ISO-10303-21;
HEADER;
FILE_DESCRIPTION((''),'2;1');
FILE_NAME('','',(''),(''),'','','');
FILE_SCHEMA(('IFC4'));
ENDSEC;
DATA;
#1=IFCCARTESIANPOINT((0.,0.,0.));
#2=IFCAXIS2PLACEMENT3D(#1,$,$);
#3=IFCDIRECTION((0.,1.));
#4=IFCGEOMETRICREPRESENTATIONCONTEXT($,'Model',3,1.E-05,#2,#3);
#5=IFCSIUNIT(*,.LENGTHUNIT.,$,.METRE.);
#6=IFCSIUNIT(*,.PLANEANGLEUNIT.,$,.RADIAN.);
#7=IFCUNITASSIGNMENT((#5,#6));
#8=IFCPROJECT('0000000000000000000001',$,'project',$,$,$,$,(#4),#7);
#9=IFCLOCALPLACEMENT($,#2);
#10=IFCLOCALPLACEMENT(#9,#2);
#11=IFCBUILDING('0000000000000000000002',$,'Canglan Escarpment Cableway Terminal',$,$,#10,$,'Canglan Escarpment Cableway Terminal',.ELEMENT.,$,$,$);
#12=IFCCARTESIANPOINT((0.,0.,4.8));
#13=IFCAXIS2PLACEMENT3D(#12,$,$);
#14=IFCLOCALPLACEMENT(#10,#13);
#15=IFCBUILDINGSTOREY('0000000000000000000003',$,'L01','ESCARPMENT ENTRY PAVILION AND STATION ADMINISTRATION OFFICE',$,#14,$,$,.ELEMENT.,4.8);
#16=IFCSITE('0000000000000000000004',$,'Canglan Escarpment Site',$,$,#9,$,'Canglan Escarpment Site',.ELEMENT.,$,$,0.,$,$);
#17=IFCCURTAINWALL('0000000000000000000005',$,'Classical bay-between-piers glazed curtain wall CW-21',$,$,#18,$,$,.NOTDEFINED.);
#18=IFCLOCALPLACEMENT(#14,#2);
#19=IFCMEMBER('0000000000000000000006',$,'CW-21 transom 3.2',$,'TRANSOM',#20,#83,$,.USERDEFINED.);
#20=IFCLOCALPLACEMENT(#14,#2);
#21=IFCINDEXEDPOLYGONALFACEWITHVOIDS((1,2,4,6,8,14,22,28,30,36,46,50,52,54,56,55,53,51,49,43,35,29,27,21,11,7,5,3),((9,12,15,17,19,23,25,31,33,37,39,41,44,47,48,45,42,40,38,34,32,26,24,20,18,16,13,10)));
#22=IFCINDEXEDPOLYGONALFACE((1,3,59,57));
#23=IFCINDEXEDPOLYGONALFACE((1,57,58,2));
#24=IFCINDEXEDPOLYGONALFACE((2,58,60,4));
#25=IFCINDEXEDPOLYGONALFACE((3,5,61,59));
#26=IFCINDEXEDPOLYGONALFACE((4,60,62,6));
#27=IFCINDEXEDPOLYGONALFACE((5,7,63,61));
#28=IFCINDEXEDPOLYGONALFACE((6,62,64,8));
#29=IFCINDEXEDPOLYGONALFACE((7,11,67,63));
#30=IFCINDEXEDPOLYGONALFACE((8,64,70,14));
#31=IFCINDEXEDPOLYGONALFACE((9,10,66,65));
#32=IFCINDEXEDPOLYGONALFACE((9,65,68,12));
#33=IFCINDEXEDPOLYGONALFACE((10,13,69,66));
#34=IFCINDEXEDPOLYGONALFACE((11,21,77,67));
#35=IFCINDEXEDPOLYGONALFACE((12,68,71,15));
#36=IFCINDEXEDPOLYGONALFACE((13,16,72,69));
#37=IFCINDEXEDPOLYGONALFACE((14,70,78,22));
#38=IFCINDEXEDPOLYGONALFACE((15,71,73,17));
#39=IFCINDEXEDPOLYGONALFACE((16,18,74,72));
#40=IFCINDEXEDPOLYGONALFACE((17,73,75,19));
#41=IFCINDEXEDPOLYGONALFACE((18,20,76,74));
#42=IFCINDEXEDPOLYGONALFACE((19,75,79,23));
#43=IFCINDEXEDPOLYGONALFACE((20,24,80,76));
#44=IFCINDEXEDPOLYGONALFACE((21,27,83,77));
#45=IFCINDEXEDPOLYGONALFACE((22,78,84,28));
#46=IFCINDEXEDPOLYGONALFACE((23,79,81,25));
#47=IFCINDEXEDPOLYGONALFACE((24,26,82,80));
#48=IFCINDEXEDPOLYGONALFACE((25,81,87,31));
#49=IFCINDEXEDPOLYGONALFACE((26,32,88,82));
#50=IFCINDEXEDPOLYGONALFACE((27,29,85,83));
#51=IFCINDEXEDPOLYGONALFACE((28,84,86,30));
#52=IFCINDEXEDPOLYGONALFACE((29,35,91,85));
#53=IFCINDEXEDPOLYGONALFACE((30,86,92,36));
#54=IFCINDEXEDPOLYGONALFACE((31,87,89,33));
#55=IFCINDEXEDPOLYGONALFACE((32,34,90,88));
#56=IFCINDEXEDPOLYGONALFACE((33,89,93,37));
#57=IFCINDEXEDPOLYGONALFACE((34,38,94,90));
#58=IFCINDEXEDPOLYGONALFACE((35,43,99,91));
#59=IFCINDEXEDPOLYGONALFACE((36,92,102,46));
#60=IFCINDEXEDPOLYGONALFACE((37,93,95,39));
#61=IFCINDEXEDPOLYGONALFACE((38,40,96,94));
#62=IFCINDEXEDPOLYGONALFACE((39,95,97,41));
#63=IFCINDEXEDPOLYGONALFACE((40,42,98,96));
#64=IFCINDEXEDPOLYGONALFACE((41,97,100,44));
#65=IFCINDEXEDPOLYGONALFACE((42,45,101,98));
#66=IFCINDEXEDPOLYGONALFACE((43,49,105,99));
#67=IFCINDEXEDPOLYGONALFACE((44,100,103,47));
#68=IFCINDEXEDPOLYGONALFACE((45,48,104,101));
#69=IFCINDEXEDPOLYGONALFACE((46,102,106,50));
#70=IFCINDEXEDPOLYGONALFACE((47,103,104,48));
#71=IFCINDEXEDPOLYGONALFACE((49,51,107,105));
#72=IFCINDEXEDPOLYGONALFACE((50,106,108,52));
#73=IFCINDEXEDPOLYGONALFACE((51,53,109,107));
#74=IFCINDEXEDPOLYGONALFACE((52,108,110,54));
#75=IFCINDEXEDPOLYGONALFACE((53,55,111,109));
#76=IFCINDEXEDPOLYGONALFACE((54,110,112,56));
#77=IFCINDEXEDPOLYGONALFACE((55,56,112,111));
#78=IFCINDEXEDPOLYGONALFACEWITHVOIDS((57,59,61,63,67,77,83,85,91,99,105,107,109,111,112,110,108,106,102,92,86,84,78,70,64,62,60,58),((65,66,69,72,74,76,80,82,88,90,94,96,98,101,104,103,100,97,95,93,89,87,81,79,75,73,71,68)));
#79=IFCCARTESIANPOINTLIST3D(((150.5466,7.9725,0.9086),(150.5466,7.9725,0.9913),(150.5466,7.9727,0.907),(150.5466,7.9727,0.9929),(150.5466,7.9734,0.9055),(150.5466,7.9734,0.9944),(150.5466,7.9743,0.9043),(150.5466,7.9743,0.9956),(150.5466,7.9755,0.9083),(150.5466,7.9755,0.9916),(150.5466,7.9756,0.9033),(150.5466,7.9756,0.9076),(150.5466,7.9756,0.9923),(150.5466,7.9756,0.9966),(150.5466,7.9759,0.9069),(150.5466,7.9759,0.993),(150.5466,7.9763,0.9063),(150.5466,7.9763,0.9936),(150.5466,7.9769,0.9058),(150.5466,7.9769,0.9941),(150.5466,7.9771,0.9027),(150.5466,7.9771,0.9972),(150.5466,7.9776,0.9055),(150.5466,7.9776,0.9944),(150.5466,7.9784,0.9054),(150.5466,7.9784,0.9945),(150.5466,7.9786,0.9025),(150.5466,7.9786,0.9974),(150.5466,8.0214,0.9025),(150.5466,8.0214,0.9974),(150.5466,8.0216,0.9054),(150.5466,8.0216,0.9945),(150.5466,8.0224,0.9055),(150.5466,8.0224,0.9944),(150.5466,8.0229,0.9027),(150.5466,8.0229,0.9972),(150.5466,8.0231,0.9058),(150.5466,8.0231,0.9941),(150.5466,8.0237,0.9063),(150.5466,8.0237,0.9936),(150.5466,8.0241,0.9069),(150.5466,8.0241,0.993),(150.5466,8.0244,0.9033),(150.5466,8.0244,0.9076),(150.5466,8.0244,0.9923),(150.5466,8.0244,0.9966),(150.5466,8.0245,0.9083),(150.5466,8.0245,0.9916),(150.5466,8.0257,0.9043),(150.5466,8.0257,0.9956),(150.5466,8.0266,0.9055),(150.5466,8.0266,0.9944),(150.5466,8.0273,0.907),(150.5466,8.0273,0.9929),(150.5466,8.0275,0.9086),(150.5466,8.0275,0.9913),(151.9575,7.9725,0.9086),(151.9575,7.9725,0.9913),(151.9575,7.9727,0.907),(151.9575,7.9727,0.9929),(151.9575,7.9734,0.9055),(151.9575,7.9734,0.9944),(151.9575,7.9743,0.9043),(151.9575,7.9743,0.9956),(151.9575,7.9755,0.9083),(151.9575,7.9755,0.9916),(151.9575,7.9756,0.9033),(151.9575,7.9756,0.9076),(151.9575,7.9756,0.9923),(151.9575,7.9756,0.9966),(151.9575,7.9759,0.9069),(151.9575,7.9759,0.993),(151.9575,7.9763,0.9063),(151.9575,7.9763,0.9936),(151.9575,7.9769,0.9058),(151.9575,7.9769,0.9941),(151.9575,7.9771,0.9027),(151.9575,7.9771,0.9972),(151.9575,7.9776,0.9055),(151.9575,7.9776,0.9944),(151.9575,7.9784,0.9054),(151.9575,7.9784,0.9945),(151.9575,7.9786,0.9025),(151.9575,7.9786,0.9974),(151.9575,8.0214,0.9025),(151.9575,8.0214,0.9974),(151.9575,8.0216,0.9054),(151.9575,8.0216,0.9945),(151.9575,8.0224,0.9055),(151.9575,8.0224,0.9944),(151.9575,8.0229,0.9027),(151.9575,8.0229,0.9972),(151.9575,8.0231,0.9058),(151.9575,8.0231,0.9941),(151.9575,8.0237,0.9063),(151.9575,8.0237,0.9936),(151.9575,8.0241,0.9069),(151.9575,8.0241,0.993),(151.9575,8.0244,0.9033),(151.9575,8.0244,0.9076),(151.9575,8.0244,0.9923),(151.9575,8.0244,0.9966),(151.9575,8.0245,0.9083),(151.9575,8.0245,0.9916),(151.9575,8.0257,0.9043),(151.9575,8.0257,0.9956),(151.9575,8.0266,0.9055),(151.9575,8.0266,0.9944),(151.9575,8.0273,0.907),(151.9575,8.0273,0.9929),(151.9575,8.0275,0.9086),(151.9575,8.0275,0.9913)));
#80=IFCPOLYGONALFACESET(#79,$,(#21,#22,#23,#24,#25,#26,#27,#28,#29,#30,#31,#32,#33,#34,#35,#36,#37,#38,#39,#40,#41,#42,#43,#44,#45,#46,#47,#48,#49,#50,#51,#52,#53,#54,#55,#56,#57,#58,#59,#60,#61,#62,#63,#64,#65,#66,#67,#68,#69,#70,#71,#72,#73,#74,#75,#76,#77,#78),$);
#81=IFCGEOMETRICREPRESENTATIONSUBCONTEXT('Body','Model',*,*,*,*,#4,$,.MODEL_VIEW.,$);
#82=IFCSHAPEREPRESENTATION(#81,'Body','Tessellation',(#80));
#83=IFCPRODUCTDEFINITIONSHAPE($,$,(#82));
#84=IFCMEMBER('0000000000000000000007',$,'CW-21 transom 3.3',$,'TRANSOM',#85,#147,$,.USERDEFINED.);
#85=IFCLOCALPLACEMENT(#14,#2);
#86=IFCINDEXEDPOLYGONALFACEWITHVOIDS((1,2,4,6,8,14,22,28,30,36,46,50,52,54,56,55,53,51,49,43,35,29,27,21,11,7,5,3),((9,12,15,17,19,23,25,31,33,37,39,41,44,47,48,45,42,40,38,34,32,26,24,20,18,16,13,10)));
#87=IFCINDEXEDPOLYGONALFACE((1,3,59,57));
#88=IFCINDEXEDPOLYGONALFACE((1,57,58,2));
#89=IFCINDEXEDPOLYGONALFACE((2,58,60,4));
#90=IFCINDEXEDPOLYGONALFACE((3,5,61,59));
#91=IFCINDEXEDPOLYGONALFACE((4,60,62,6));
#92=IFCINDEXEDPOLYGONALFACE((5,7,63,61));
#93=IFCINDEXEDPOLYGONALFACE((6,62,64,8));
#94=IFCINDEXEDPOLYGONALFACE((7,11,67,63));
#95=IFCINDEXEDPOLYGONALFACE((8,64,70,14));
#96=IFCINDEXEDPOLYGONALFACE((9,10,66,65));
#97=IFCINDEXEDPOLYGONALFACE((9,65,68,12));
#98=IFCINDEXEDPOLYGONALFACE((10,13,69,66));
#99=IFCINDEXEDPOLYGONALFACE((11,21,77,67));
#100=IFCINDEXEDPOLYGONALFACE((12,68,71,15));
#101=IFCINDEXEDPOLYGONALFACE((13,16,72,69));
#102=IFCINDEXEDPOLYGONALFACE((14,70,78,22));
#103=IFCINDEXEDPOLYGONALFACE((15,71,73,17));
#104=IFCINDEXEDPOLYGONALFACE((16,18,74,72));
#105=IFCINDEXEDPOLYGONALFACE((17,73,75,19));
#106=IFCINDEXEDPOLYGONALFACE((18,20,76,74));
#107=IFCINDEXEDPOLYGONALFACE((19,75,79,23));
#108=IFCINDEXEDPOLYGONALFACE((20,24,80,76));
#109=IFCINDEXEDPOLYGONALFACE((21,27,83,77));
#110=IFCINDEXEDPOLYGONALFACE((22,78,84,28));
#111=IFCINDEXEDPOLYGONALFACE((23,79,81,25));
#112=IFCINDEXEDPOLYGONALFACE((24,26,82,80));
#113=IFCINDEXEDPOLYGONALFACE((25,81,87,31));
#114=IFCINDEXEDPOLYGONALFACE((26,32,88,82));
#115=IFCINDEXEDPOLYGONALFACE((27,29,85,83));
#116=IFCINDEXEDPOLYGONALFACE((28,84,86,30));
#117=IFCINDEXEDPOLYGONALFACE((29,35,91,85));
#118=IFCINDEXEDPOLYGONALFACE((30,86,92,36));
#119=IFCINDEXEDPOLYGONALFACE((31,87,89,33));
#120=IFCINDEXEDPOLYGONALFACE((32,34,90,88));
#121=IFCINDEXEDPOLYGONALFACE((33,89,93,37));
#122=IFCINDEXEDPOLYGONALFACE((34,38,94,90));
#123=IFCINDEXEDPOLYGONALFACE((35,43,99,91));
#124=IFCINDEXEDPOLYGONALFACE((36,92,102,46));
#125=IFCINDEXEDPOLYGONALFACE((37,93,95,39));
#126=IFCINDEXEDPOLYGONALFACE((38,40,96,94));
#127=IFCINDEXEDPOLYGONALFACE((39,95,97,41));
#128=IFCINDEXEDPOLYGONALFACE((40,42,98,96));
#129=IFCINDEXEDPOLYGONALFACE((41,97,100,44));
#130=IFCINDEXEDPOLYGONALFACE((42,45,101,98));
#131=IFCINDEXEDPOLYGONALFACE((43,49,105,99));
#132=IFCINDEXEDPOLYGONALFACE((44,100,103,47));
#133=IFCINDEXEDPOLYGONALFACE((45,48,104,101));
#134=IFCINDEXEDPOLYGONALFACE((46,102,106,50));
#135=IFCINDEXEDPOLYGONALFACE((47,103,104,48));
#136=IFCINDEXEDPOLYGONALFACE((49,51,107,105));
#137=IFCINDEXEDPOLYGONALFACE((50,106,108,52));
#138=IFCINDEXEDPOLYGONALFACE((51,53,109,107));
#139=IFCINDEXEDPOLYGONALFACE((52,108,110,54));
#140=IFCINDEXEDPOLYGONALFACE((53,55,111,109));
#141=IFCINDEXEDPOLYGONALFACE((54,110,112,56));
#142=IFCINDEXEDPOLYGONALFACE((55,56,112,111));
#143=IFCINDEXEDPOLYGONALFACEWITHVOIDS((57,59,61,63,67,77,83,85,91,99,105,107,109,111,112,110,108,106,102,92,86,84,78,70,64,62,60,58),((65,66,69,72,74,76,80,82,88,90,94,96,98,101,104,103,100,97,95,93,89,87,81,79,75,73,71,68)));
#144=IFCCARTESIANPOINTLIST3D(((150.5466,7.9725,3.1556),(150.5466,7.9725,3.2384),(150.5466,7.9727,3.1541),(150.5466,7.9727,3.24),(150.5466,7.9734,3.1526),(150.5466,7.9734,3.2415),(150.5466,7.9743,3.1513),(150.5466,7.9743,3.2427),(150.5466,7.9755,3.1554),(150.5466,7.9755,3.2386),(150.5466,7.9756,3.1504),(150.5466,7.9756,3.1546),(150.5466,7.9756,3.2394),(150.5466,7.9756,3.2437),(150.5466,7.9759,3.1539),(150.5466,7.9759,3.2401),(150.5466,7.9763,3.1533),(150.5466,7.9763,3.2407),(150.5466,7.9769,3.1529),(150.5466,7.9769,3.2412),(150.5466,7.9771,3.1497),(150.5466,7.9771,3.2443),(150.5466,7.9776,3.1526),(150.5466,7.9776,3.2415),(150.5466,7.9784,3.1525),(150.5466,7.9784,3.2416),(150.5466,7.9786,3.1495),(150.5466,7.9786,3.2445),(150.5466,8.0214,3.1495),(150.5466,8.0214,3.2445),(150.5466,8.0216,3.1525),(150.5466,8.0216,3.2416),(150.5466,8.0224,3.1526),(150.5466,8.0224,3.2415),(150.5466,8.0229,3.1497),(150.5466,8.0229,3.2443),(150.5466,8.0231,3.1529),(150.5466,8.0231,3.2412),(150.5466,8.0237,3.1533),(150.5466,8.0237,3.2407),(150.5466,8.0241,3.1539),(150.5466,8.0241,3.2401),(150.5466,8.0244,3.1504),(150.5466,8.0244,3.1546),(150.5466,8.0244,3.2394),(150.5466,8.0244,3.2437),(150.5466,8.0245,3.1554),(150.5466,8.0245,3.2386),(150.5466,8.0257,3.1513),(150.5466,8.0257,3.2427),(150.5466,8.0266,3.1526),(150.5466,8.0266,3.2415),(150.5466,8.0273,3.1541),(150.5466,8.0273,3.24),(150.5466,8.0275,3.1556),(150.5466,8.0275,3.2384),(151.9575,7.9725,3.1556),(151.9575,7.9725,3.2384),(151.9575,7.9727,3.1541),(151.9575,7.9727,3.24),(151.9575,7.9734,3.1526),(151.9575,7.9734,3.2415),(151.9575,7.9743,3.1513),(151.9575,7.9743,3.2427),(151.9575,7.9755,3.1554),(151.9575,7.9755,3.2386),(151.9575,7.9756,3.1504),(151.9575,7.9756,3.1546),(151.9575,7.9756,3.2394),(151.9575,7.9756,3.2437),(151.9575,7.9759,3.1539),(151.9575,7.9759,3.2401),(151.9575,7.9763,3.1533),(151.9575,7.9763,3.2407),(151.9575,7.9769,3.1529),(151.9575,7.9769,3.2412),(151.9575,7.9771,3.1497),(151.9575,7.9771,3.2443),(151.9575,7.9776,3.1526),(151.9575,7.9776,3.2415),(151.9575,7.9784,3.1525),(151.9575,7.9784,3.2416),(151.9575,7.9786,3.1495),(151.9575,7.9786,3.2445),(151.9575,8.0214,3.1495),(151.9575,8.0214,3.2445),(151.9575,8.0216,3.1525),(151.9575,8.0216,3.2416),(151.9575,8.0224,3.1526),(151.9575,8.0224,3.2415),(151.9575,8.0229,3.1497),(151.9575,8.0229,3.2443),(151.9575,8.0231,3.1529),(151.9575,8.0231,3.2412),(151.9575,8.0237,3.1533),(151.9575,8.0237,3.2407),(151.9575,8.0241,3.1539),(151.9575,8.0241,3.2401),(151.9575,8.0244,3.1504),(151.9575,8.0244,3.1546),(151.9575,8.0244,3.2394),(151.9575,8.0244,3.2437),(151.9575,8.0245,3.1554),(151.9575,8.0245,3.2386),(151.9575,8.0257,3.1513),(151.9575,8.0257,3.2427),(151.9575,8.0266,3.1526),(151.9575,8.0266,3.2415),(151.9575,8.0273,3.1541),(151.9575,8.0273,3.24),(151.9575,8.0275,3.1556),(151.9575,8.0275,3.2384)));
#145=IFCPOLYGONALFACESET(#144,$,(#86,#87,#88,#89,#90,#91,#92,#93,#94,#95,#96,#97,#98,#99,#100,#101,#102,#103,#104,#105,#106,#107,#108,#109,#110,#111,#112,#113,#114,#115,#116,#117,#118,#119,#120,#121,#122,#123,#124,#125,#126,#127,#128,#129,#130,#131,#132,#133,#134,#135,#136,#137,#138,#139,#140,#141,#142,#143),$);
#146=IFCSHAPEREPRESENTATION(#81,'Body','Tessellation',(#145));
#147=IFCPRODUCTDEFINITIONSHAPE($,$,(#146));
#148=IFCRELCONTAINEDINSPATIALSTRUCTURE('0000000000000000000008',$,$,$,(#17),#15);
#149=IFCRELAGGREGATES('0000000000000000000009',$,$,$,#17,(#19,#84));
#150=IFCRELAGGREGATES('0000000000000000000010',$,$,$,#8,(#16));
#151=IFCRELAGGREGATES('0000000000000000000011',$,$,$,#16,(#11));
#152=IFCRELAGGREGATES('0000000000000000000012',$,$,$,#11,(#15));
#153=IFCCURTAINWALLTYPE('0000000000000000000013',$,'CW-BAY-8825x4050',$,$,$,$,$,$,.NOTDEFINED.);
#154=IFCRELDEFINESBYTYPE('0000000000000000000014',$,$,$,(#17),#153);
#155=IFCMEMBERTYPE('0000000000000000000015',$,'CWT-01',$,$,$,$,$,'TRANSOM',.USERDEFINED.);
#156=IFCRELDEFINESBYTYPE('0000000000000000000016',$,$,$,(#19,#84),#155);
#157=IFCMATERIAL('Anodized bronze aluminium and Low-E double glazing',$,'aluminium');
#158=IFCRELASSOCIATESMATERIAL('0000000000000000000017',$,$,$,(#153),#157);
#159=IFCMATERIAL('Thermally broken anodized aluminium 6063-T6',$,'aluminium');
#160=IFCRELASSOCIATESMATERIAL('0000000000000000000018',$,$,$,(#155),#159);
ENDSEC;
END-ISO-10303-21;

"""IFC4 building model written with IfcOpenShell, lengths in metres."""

from ifc_helpers import new_model, si_unit, direction, frame, origin, origin_2d, place, context, subcontext, project, spatial, hollow_rectangle, extrude, material, material_profile, profile_set, type_object, element, aggregate, save


model = new_model("IFC4")

# Units and contexts
model_context = context("Model", 3, precision=1e-05, world=origin(), true_north=direction((0.0, 1.0)))
body_context = subcontext(model_context, "Body", "Model", "MODEL_VIEW")
ifc_project = project(units=[si_unit("LENGTHUNIT", "METRE"), si_unit("PLANEANGLEUNIT", "RADIAN")], contexts=[model_context])

# Site, building, storey
site_placement = place(None, origin())
site = spatial("IfcSite", under=ifc_project, at=site_placement, Name="Canglan Escarpment Site", LongName="Canglan Escarpment Site", CompositionType="ELEMENT", RefElevation=0.0)
building_placement = place(site_placement, origin())
building = spatial("IfcBuilding", under=site, at=building_placement, Name="Canglan Escarpment Cableway Terminal", LongName="Canglan Escarpment Cableway Terminal", CompositionType="ELEMENT")
storey_placement = place(building_placement, frame((0.0, 0.0, 4.8)))
storey = spatial("IfcBuildingStorey", under=building, at=storey_placement, Name="L01", Description="ESCARPMENT ENTRY PAVILION AND STATION ADMINISTRATION OFFICE", CompositionType="ELEMENT", Elevation=4.8)

# Curtain wall, members
ifc_material_1 = material(Name="Anodized bronze aluminium and Low-E double glazing", Category="aluminium")
curtain_wall_type = type_object("IfcCurtainWallType", Name="CW-BAY-8825x4050", PredefinedType="NOTDEFINED", material=ifc_material_1)
curtain_wall_placement = place(storey_placement, origin())
curtain_wall = element("IfcCurtainWall", 1, at=curtain_wall_placement, inside=storey, type_object=curtain_wall_type, Name="Classical bay-between-piers glazed curtain wall CW-21", PredefinedType="NOTDEFINED")
ifc_material_2 = material(Name="Thermally broken anodized aluminium 6063-T6", Category="aluminium")
ifc_material_profile_1 = material_profile(ifc_material_2, hollow_rectangle(XDim=0.0549, YDim=0.095, WallThickness=0.0029, InnerFilletRadius=0.0029, OuterFilletRadius=0.0061, at=origin_2d()), Name="ALU-TRAN 55x95x3")
ifc_profile_set_1 = profile_set([ifc_material_profile_1], Name="Thermally broken anodized aluminium 6063-T6")
member_type_1 = type_object("IfcMemberType", Name="CWT-01", ElementType="TRANSOM", PredefinedType="USERDEFINED", material=ifc_profile_set_1)
member_1_placement = place(storey_placement, frame((150.5466, 8.0, 0.95), z_axis=(1.0, 0.0, 0.0), x_axis=(0.0, 1.0, 0.0)))
member_1 = element("IfcMember", 2, at=member_1_placement, type_object=member_type_1, Name="CW-21 transom 3.2", ObjectType="TRANSOM", PredefinedType="USERDEFINED", context=body_context, shape_type="SweptSolid", body=[
    extrude(hollow_rectangle(XDim=0.0549, YDim=0.095, WallThickness=0.0029, InnerFilletRadius=0.0029, OuterFilletRadius=0.0061, at=origin_2d()), origin(), (0.0, 0.0, 1.0), 1.4109),
])
member_2_placement = place(storey_placement, frame((150.5466, 8.0, 3.197), z_axis=(1.0, 0.0, 0.0), x_axis=(0.0, 1.0, 0.0)))
member_2 = element("IfcMember", 3, at=member_2_placement, type_object=member_type_1, Name="CW-21 transom 3.3", ObjectType="TRANSOM", PredefinedType="USERDEFINED", context=body_context, shape_type="SweptSolid", body=[
    extrude(hollow_rectangle(XDim=0.0549, YDim=0.095, WallThickness=0.0029, InnerFilletRadius=0.0029, OuterFilletRadius=0.0061, at=origin_2d()), origin(), (0.0, 0.0, 1.0), 1.4109),
])
aggregate(curtain_wall, [member_1, member_2])

save(model, "model.ifc")
